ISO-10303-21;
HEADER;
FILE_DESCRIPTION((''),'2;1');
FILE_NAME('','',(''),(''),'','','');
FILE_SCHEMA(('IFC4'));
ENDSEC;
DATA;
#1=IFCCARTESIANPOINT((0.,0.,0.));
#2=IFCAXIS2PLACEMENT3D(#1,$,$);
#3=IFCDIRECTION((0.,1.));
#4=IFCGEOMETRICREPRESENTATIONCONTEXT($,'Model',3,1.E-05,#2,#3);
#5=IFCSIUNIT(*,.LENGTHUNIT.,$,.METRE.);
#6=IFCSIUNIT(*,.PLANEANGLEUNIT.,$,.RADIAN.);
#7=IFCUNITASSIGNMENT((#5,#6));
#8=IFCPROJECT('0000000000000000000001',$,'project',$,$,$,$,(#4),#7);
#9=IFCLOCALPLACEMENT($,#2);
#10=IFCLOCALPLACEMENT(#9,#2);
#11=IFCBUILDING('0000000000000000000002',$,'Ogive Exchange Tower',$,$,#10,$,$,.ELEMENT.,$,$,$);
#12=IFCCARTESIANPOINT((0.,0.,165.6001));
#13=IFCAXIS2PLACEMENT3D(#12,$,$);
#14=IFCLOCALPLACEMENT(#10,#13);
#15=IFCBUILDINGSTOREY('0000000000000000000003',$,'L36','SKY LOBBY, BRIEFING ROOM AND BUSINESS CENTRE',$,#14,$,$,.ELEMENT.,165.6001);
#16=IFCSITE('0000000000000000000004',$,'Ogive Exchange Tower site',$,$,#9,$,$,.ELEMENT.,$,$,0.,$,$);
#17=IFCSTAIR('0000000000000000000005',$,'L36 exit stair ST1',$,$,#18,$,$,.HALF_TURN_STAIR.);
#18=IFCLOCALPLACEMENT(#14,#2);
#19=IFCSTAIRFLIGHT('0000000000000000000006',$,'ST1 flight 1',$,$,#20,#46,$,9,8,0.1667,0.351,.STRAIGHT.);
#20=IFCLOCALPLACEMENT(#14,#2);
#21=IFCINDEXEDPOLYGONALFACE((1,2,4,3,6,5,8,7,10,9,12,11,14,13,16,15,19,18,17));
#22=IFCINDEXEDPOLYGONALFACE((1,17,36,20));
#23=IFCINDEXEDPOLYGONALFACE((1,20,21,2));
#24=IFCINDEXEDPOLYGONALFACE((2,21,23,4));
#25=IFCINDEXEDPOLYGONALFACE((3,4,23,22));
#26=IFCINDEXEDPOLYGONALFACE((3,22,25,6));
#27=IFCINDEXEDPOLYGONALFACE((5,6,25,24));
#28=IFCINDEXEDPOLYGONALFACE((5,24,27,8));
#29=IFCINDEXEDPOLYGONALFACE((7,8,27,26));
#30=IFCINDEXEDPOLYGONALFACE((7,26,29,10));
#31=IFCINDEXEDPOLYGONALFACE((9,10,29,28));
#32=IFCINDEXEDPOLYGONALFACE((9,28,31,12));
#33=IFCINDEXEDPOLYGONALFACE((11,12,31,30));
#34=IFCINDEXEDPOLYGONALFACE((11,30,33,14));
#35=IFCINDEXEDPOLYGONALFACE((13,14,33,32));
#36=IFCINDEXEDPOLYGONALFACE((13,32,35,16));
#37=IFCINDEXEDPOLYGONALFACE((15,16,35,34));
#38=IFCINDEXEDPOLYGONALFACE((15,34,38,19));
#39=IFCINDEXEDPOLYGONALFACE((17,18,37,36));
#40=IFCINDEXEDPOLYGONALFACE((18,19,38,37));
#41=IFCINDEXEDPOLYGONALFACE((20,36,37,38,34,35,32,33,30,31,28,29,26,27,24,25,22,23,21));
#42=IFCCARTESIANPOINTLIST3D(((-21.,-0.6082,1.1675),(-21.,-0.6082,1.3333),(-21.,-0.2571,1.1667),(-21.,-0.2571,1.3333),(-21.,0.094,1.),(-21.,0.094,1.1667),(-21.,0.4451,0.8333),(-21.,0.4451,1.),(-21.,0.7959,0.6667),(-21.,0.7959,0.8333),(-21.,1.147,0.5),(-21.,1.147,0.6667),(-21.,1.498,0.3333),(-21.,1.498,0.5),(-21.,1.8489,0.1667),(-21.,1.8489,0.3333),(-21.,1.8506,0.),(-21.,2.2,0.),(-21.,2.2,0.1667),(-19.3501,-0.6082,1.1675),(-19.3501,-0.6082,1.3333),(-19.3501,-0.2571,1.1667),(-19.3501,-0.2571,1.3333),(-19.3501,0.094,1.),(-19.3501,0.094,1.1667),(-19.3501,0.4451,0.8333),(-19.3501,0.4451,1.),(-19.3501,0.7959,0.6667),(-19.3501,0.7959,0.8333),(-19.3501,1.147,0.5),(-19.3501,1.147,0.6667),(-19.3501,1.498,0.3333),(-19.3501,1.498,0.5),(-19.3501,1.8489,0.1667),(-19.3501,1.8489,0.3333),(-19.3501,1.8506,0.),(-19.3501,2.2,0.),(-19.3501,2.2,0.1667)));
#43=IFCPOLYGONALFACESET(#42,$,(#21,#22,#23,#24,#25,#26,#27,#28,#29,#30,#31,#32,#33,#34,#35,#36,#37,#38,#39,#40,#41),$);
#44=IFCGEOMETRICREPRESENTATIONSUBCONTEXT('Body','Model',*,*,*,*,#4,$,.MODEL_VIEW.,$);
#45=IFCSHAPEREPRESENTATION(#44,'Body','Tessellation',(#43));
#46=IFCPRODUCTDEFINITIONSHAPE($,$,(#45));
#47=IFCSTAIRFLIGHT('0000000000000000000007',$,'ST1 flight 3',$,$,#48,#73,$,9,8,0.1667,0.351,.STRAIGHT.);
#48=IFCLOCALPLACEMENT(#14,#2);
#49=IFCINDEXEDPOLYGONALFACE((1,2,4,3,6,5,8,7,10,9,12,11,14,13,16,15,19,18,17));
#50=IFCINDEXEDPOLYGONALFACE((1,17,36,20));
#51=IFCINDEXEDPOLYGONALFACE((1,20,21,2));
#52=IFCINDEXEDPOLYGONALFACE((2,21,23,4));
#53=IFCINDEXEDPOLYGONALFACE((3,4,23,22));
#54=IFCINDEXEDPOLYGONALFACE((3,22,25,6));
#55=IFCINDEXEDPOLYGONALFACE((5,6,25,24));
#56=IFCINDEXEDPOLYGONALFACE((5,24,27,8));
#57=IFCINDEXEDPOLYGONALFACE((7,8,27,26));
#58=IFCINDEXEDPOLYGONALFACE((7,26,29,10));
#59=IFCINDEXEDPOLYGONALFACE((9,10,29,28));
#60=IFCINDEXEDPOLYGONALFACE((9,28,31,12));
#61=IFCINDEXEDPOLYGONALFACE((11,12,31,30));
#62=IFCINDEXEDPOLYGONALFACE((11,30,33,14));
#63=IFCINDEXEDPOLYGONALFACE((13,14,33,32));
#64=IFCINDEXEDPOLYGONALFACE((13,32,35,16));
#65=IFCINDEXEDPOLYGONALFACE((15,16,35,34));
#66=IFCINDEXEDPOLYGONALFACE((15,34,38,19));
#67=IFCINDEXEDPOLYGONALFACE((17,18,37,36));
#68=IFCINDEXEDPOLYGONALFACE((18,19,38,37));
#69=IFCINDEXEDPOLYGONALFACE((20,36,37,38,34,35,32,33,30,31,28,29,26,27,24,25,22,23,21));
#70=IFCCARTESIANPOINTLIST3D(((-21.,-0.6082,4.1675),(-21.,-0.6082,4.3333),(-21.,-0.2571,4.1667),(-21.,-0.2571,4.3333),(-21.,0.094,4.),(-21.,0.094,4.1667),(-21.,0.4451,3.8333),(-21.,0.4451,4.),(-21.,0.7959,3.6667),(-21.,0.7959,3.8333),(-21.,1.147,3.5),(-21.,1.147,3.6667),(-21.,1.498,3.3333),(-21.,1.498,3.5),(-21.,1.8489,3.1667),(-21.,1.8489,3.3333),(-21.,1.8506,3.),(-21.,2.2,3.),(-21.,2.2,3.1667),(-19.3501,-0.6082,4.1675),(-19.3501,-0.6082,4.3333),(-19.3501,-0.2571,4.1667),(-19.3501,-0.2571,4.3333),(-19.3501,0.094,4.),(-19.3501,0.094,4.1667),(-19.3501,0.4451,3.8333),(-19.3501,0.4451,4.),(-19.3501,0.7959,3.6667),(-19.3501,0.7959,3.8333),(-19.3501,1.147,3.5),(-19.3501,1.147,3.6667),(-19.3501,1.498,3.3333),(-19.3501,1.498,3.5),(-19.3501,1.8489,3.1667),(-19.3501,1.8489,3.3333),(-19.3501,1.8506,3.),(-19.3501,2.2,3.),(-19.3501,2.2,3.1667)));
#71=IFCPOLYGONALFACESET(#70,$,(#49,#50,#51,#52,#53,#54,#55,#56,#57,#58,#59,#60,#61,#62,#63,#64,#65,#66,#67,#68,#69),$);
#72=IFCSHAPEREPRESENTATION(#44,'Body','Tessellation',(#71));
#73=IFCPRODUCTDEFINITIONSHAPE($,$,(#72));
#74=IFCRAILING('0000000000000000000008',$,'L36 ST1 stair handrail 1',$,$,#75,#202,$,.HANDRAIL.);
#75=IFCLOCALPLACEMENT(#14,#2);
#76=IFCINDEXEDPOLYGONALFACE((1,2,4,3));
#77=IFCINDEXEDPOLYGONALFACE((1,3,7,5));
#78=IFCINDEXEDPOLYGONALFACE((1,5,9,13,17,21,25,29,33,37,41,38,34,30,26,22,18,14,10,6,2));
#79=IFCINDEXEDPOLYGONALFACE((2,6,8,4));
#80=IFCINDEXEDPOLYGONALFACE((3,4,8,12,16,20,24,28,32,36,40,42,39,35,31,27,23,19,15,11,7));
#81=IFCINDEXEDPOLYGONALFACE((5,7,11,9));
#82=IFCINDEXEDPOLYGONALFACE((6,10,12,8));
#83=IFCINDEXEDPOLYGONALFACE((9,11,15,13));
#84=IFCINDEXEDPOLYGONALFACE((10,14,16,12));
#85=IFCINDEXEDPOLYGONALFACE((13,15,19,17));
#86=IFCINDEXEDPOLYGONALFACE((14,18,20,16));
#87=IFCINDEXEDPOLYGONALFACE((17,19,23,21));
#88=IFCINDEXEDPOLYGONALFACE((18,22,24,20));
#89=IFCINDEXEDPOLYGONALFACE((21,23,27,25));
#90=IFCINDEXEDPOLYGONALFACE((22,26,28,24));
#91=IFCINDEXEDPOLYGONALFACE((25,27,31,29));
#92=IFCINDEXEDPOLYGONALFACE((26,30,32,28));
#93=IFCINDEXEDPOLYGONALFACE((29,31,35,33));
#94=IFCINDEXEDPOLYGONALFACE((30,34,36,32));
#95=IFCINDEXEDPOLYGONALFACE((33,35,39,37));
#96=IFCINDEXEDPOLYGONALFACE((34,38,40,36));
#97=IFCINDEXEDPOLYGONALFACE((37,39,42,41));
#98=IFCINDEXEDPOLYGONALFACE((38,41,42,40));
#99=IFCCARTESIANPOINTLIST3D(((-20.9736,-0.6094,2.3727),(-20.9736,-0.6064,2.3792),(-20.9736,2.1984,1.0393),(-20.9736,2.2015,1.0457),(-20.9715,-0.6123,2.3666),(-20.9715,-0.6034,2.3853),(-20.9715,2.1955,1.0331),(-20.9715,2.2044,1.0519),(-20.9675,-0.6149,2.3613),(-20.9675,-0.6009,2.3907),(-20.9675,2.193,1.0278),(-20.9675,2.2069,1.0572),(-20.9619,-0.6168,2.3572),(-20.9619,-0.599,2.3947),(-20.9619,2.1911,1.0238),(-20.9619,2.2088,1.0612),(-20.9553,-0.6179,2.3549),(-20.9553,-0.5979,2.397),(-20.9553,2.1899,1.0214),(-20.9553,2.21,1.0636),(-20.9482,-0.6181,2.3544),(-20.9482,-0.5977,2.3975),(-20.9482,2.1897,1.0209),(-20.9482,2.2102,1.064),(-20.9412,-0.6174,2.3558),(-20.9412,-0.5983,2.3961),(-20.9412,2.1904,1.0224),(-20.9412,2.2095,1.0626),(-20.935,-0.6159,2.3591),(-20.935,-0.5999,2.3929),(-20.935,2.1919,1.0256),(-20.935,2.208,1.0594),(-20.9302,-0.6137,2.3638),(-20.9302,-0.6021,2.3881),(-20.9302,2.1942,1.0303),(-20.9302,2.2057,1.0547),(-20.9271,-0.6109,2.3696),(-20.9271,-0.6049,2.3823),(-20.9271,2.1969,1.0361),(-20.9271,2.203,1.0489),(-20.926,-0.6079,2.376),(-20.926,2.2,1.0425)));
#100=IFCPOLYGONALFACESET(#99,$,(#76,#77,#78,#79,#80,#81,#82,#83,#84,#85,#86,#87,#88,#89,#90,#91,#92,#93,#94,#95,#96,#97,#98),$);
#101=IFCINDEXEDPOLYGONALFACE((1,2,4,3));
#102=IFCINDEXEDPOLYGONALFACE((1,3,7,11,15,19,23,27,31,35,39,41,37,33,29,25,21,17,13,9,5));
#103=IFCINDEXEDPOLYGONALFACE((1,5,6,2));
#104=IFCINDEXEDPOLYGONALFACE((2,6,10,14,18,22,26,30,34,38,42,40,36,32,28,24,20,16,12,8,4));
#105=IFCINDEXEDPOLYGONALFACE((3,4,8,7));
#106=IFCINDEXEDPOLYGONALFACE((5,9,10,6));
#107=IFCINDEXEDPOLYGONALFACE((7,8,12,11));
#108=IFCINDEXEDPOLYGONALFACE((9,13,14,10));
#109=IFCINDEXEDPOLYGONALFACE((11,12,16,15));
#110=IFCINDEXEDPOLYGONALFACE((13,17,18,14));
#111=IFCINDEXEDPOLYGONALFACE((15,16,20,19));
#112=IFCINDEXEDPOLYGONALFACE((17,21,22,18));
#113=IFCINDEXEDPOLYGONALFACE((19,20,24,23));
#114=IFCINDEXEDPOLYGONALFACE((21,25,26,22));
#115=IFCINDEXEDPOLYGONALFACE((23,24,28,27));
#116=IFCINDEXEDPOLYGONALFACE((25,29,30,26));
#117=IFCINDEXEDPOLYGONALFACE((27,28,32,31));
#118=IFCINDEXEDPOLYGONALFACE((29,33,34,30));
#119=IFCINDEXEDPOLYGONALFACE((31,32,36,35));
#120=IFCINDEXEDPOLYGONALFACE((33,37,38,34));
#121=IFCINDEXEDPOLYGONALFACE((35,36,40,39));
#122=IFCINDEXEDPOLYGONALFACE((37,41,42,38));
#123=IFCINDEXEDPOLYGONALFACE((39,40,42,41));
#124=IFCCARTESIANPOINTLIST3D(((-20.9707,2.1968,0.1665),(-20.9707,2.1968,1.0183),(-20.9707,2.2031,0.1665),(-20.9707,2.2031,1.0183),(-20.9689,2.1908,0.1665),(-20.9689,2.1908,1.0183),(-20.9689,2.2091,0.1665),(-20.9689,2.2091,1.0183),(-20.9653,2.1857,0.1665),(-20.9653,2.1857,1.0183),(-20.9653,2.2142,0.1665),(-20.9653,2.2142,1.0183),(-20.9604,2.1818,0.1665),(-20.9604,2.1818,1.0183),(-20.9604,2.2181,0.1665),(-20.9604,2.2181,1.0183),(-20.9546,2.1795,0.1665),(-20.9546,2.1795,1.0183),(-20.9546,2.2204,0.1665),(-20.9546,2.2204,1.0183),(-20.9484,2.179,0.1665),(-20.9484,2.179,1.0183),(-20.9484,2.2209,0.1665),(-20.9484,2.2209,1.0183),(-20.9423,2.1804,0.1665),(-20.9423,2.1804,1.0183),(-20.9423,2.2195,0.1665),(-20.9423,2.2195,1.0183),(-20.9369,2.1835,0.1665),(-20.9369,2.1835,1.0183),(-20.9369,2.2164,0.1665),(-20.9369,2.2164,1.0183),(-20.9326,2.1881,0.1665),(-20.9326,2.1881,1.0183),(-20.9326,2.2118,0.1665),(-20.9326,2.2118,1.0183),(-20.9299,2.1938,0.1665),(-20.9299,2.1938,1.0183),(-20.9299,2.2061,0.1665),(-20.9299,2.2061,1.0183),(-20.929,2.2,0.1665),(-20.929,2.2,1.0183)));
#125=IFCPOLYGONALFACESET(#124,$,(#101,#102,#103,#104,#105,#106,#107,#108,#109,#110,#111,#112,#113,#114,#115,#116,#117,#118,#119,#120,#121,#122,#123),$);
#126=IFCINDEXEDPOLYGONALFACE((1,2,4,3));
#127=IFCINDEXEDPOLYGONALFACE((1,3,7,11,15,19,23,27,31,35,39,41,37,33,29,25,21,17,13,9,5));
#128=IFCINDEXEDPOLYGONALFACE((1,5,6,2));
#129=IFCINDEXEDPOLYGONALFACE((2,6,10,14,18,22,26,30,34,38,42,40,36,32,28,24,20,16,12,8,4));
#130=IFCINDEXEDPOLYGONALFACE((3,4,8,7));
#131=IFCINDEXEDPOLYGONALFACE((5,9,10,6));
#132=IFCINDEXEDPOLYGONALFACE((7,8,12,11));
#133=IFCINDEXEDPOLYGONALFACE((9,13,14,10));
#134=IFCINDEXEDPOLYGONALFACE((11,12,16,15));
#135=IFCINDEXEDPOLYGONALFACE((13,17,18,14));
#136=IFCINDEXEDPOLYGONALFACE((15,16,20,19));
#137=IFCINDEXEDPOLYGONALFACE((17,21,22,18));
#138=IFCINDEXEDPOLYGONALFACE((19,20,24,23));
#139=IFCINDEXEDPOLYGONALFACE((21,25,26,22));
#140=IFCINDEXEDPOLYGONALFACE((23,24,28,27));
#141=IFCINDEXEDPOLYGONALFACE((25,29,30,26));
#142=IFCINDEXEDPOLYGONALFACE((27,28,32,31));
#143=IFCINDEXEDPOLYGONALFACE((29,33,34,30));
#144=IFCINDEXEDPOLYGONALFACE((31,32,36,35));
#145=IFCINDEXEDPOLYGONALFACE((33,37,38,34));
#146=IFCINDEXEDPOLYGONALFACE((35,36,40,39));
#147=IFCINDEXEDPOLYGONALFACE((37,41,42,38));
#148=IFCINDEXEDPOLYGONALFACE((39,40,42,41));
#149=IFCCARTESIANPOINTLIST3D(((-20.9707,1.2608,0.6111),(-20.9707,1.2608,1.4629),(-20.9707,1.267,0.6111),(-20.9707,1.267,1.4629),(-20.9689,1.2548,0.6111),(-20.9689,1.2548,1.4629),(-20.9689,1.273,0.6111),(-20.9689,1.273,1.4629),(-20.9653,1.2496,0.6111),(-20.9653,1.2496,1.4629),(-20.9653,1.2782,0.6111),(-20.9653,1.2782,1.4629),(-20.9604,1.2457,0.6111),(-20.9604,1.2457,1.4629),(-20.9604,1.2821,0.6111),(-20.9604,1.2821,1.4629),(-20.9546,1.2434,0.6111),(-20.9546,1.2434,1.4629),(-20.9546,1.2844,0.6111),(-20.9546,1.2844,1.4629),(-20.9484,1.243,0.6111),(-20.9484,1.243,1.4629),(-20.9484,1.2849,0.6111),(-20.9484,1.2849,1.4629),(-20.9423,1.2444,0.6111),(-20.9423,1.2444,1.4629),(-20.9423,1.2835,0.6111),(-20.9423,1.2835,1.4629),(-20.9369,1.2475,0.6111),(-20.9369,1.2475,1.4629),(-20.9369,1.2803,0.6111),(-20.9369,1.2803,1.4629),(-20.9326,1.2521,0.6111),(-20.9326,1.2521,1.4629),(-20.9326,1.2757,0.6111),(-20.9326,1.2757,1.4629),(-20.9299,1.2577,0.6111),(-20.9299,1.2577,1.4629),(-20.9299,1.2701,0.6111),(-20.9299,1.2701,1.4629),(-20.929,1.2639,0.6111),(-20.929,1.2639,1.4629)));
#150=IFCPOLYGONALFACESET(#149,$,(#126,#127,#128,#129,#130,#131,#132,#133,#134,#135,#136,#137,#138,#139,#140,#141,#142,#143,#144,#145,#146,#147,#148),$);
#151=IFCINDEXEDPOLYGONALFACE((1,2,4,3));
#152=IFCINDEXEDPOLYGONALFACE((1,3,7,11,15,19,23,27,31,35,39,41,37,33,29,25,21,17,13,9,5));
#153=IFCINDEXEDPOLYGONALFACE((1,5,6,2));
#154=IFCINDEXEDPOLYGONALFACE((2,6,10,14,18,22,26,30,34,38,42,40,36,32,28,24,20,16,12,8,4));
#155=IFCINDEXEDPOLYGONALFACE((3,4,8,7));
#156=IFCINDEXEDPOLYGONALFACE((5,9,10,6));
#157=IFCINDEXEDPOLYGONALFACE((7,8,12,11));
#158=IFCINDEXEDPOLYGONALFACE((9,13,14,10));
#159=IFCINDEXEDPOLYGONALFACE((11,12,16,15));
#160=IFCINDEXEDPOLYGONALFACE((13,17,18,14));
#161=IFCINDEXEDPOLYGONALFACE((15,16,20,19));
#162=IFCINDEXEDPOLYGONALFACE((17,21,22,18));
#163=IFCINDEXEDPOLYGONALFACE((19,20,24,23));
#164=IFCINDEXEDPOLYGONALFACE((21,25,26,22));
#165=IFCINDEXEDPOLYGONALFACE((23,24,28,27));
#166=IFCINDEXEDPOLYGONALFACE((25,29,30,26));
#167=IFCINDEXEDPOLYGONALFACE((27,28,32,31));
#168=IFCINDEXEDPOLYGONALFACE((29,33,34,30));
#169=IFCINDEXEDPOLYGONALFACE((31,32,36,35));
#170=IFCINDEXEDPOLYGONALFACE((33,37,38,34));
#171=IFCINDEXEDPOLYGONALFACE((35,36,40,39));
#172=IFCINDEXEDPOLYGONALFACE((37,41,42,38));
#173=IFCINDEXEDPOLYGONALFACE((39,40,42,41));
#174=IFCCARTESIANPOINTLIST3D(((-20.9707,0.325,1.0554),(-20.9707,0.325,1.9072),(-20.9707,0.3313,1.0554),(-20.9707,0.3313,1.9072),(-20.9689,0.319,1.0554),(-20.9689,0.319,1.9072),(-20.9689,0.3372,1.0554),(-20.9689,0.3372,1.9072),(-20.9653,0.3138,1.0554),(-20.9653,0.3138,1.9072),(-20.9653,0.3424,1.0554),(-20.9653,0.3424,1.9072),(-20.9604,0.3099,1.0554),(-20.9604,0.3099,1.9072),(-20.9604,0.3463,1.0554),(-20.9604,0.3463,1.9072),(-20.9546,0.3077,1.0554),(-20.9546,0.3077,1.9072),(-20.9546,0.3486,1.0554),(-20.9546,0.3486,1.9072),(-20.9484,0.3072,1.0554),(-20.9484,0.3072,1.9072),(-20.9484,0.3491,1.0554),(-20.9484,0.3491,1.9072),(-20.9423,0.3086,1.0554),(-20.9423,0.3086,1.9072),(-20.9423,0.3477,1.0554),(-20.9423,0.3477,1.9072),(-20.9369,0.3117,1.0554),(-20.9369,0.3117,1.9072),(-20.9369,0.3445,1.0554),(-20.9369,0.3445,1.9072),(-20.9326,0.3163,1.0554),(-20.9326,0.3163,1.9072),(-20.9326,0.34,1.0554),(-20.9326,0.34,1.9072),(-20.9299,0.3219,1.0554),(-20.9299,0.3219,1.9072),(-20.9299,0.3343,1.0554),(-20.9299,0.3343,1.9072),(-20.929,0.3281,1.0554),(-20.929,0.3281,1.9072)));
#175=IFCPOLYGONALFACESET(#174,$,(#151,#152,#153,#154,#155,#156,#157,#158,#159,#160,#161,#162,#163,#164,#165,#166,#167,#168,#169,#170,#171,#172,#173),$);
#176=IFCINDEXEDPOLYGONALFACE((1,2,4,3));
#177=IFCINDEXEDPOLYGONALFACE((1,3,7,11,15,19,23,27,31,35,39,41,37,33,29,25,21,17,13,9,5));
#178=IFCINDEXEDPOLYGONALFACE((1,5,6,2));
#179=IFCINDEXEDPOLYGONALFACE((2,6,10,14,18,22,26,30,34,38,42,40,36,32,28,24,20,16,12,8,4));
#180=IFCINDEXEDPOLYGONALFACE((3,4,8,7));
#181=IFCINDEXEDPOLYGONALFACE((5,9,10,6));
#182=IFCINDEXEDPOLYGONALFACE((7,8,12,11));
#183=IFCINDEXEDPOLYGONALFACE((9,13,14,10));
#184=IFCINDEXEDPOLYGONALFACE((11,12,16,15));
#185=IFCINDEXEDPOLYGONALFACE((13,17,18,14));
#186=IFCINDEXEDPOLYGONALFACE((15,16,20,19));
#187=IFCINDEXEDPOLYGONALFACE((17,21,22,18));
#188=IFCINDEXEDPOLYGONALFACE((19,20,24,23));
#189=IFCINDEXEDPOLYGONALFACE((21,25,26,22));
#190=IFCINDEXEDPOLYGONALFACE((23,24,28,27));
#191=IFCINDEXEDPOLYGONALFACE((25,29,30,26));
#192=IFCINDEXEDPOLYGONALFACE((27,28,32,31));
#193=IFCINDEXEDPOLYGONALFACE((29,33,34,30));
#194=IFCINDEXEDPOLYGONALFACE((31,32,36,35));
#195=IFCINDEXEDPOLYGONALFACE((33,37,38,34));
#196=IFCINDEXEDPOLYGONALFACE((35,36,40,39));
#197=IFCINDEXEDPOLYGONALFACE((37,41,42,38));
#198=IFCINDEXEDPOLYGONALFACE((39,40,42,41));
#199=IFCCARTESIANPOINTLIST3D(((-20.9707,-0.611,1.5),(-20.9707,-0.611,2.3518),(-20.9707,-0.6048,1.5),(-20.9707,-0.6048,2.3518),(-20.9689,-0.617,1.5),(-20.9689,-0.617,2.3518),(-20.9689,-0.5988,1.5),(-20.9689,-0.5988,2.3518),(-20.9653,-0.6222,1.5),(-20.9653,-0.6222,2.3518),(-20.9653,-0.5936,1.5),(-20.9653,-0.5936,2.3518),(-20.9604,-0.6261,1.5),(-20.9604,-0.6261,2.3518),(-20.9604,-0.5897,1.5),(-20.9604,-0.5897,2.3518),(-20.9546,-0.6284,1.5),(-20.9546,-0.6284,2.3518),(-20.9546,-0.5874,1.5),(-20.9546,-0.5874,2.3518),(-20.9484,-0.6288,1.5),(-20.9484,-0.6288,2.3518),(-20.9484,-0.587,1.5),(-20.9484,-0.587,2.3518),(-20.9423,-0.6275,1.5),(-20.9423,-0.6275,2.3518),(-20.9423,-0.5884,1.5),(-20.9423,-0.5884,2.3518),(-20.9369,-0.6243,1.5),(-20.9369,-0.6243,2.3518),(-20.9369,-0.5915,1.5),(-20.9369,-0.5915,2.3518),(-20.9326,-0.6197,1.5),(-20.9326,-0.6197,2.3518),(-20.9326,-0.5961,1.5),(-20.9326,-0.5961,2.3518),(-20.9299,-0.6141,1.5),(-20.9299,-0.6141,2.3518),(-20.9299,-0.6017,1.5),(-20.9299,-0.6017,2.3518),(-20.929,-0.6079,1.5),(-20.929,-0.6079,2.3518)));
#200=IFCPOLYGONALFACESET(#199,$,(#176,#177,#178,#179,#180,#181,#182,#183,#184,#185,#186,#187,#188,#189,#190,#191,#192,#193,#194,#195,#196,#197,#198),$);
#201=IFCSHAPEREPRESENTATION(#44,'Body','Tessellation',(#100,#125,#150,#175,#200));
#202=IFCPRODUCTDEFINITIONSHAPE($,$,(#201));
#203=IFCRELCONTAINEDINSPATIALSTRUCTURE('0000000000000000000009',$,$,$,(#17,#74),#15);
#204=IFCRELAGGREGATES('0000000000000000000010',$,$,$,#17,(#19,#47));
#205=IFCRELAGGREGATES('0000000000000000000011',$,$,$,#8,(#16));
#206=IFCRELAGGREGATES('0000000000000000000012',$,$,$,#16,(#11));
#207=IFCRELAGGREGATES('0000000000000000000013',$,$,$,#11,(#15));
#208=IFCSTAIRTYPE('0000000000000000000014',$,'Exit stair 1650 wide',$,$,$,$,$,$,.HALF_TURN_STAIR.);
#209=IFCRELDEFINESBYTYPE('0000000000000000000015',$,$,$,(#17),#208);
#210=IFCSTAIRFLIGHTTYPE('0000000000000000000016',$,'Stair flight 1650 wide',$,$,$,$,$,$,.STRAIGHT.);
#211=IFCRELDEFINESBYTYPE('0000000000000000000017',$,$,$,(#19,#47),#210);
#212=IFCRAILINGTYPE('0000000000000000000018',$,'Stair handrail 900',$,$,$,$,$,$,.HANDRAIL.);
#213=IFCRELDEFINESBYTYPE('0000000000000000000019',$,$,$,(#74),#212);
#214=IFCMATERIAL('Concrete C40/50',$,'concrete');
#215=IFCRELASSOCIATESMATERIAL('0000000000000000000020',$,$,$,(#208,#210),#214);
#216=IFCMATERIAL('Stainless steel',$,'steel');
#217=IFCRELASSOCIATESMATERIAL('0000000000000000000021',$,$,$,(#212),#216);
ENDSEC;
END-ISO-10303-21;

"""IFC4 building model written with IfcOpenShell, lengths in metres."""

from ifc_helpers import new_model, si_unit, direction, frame, origin, origin_2d, place, context, subcontext, project, spatial, polyline, circle, outline, extrude, material, type_object, element, aggregate, save


model = new_model("IFC4")

# Units and contexts
model_context = context("Model", 3, precision=1e-05, world=origin(), true_north=direction((0.0, 1.0)))
body_context = subcontext(model_context, "Body", "Model", "MODEL_VIEW")
ifc_project = project(units=[si_unit("LENGTHUNIT", "METRE"), si_unit("PLANEANGLEUNIT", "RADIAN")], contexts=[model_context])

# Site, building, storey
site_placement = place(None, origin())
site = spatial("IfcSite", under=ifc_project, at=site_placement, Name="Ogive Exchange Tower site", CompositionType="ELEMENT", RefElevation=0.0)
building_placement = place(site_placement, origin())
building = spatial("IfcBuilding", under=site, at=building_placement, Name="Ogive Exchange Tower", CompositionType="ELEMENT")
storey_placement = place(building_placement, frame((0.0, 0.0, 165.6001)))
storey = spatial("IfcBuildingStorey", under=building, at=storey_placement, Name="L36", Description="SKY LOBBY, BRIEFING ROOM AND BUSINESS CENTRE", CompositionType="ELEMENT", Elevation=165.6001)

# Shared definitions
ifc_material_1 = material(Name="Stainless steel", Category="steel")

# Stair, stair flights
ifc_material_2 = material(Name="Concrete C40/50", Category="concrete")
stair_type = type_object("IfcStairType", Name="Exit stair 1650 wide", PredefinedType="HALF_TURN_STAIR", material=ifc_material_2)
stair_placement = place(storey_placement, origin())
stair = element("IfcStair", 1, at=stair_placement, inside=storey, type_object=stair_type, Name="L36 exit stair ST1", PredefinedType="HALF_TURN_STAIR")
stair_flight_type = type_object("IfcStairFlightType", Name="Stair flight 1650 wide", PredefinedType="STRAIGHT", material=ifc_material_2)
stair_flight_1_placement = place(storey_placement, frame((-20.175, 2.2, 0.0), z_axis=(0.0, 0.0, 1.0), x_axis=(0.0, -1.0, 0.0)))
stair_flight_1 = element("IfcStairFlight", 2, at=stair_flight_1_placement, type_object=stair_flight_type, Name="ST1 flight 1", NumberOfRisers=9, NumberOfTreads=8, PredefinedType="STRAIGHT", RiserHeight=0.1667, TreadLength=0.351, context=body_context, shape_type="SweptSolid", body=[
    extrude(outline(polyline([(0.0, 0.0), (0.0, 0.1667), (0.3511, 0.1667), (0.3511, 0.3333), (0.7019, 0.3333), (0.7019, 0.5), (1.053, 0.5), (1.053, 0.6667), (1.4041, 0.6667), (1.4041, 0.8333), (1.7549, 0.8333), (1.7549, 1.0), (2.106, 1.0), (2.106, 1.1667), (2.457, 1.1667), (2.457, 1.3333), (2.8081, 1.3333), (2.8081, 1.5), (2.8081, 1.1675), (0.3494, 0.0), (0.0, 0.0)])), frame((0.0, 0.825, 0.0), z_axis=(0.0, -1.0, 0.0), x_axis=(1.0, 0.0, 0.0)), (0.0, 0.0, 1.0), 1.6499),
])
stair_flight_2_placement = place(storey_placement, frame((-20.175, 2.2, 3.0), z_axis=(0.0, 0.0, 1.0), x_axis=(0.0, -1.0, 0.0)))
stair_flight_2 = element("IfcStairFlight", 3, at=stair_flight_2_placement, type_object=stair_flight_type, Name="ST1 flight 3", NumberOfRisers=9, NumberOfTreads=8, PredefinedType="STRAIGHT", RiserHeight=0.1667, TreadLength=0.351, context=body_context, shape_type="SweptSolid", body=[
    extrude(outline(polyline([(0.0, 0.0), (0.0, 0.1667), (0.3511, 0.1667), (0.3511, 0.3333), (0.7019, 0.3333), (0.7019, 0.5), (1.053, 0.5), (1.053, 0.6667), (1.4041, 0.6667), (1.4041, 0.8333), (1.7549, 0.8333), (1.7549, 1.0), (2.106, 1.0), (2.106, 1.1667), (2.457, 1.1667), (2.457, 1.3333), (2.8081, 1.3333), (2.8081, 1.5), (2.8081, 1.1675), (0.3494, 0.0), (0.0, 0.0)])), frame((0.0, 0.825, 0.0), z_axis=(0.0, -1.0, 0.0), x_axis=(1.0, 0.0, 0.0)), (0.0, 0.0, 1.0), 1.6499),
])
aggregate(stair, [stair_flight_1, stair_flight_2])

# Railing
railing_type = type_object("IfcRailingType", Name="Stair handrail 900", PredefinedType="HANDRAIL", material=ifc_material_1)
for number, where, name in (
    (4, (-20.95, 2.2, 0.1665), "L36 ST1 stair handrail 1"),
):
    element("IfcRailing", number, at=place(storey_placement, frame(where)), inside=storey, type_object=railing_type, Name=name, PredefinedType="HANDRAIL", context=body_context, shape_type="SweptSolid", body=[
        extrude(circle(Radius=0.0239, at=origin_2d()), frame((0.0, 0.0, 0.876), z_axis=(0.0, -0.903307, 0.428994), x_axis=(1.0, 0.0, 0.0)), (0.0, 0.0, 1.0), 3.1084),
        extrude(circle(Radius=0.021, at=origin_2d()), origin(), (0.0, 0.0, 1.0), 0.8518),
        extrude(circle(Radius=0.021, at=origin_2d()), frame((0.0, -0.936, 0.4446)), (0.0, 0.0, 1.0), 0.8518),
        extrude(circle(Radius=0.021, at=origin_2d()), frame((0.0, -1.8718, 0.8889)), (0.0, 0.0, 1.0), 0.8518),
        extrude(circle(Radius=0.021, at=origin_2d()), frame((0.0, -2.8079, 1.3335)), (0.0, 0.0, 1.0), 0.8518),
    ])

save(model, "model.ifc")
